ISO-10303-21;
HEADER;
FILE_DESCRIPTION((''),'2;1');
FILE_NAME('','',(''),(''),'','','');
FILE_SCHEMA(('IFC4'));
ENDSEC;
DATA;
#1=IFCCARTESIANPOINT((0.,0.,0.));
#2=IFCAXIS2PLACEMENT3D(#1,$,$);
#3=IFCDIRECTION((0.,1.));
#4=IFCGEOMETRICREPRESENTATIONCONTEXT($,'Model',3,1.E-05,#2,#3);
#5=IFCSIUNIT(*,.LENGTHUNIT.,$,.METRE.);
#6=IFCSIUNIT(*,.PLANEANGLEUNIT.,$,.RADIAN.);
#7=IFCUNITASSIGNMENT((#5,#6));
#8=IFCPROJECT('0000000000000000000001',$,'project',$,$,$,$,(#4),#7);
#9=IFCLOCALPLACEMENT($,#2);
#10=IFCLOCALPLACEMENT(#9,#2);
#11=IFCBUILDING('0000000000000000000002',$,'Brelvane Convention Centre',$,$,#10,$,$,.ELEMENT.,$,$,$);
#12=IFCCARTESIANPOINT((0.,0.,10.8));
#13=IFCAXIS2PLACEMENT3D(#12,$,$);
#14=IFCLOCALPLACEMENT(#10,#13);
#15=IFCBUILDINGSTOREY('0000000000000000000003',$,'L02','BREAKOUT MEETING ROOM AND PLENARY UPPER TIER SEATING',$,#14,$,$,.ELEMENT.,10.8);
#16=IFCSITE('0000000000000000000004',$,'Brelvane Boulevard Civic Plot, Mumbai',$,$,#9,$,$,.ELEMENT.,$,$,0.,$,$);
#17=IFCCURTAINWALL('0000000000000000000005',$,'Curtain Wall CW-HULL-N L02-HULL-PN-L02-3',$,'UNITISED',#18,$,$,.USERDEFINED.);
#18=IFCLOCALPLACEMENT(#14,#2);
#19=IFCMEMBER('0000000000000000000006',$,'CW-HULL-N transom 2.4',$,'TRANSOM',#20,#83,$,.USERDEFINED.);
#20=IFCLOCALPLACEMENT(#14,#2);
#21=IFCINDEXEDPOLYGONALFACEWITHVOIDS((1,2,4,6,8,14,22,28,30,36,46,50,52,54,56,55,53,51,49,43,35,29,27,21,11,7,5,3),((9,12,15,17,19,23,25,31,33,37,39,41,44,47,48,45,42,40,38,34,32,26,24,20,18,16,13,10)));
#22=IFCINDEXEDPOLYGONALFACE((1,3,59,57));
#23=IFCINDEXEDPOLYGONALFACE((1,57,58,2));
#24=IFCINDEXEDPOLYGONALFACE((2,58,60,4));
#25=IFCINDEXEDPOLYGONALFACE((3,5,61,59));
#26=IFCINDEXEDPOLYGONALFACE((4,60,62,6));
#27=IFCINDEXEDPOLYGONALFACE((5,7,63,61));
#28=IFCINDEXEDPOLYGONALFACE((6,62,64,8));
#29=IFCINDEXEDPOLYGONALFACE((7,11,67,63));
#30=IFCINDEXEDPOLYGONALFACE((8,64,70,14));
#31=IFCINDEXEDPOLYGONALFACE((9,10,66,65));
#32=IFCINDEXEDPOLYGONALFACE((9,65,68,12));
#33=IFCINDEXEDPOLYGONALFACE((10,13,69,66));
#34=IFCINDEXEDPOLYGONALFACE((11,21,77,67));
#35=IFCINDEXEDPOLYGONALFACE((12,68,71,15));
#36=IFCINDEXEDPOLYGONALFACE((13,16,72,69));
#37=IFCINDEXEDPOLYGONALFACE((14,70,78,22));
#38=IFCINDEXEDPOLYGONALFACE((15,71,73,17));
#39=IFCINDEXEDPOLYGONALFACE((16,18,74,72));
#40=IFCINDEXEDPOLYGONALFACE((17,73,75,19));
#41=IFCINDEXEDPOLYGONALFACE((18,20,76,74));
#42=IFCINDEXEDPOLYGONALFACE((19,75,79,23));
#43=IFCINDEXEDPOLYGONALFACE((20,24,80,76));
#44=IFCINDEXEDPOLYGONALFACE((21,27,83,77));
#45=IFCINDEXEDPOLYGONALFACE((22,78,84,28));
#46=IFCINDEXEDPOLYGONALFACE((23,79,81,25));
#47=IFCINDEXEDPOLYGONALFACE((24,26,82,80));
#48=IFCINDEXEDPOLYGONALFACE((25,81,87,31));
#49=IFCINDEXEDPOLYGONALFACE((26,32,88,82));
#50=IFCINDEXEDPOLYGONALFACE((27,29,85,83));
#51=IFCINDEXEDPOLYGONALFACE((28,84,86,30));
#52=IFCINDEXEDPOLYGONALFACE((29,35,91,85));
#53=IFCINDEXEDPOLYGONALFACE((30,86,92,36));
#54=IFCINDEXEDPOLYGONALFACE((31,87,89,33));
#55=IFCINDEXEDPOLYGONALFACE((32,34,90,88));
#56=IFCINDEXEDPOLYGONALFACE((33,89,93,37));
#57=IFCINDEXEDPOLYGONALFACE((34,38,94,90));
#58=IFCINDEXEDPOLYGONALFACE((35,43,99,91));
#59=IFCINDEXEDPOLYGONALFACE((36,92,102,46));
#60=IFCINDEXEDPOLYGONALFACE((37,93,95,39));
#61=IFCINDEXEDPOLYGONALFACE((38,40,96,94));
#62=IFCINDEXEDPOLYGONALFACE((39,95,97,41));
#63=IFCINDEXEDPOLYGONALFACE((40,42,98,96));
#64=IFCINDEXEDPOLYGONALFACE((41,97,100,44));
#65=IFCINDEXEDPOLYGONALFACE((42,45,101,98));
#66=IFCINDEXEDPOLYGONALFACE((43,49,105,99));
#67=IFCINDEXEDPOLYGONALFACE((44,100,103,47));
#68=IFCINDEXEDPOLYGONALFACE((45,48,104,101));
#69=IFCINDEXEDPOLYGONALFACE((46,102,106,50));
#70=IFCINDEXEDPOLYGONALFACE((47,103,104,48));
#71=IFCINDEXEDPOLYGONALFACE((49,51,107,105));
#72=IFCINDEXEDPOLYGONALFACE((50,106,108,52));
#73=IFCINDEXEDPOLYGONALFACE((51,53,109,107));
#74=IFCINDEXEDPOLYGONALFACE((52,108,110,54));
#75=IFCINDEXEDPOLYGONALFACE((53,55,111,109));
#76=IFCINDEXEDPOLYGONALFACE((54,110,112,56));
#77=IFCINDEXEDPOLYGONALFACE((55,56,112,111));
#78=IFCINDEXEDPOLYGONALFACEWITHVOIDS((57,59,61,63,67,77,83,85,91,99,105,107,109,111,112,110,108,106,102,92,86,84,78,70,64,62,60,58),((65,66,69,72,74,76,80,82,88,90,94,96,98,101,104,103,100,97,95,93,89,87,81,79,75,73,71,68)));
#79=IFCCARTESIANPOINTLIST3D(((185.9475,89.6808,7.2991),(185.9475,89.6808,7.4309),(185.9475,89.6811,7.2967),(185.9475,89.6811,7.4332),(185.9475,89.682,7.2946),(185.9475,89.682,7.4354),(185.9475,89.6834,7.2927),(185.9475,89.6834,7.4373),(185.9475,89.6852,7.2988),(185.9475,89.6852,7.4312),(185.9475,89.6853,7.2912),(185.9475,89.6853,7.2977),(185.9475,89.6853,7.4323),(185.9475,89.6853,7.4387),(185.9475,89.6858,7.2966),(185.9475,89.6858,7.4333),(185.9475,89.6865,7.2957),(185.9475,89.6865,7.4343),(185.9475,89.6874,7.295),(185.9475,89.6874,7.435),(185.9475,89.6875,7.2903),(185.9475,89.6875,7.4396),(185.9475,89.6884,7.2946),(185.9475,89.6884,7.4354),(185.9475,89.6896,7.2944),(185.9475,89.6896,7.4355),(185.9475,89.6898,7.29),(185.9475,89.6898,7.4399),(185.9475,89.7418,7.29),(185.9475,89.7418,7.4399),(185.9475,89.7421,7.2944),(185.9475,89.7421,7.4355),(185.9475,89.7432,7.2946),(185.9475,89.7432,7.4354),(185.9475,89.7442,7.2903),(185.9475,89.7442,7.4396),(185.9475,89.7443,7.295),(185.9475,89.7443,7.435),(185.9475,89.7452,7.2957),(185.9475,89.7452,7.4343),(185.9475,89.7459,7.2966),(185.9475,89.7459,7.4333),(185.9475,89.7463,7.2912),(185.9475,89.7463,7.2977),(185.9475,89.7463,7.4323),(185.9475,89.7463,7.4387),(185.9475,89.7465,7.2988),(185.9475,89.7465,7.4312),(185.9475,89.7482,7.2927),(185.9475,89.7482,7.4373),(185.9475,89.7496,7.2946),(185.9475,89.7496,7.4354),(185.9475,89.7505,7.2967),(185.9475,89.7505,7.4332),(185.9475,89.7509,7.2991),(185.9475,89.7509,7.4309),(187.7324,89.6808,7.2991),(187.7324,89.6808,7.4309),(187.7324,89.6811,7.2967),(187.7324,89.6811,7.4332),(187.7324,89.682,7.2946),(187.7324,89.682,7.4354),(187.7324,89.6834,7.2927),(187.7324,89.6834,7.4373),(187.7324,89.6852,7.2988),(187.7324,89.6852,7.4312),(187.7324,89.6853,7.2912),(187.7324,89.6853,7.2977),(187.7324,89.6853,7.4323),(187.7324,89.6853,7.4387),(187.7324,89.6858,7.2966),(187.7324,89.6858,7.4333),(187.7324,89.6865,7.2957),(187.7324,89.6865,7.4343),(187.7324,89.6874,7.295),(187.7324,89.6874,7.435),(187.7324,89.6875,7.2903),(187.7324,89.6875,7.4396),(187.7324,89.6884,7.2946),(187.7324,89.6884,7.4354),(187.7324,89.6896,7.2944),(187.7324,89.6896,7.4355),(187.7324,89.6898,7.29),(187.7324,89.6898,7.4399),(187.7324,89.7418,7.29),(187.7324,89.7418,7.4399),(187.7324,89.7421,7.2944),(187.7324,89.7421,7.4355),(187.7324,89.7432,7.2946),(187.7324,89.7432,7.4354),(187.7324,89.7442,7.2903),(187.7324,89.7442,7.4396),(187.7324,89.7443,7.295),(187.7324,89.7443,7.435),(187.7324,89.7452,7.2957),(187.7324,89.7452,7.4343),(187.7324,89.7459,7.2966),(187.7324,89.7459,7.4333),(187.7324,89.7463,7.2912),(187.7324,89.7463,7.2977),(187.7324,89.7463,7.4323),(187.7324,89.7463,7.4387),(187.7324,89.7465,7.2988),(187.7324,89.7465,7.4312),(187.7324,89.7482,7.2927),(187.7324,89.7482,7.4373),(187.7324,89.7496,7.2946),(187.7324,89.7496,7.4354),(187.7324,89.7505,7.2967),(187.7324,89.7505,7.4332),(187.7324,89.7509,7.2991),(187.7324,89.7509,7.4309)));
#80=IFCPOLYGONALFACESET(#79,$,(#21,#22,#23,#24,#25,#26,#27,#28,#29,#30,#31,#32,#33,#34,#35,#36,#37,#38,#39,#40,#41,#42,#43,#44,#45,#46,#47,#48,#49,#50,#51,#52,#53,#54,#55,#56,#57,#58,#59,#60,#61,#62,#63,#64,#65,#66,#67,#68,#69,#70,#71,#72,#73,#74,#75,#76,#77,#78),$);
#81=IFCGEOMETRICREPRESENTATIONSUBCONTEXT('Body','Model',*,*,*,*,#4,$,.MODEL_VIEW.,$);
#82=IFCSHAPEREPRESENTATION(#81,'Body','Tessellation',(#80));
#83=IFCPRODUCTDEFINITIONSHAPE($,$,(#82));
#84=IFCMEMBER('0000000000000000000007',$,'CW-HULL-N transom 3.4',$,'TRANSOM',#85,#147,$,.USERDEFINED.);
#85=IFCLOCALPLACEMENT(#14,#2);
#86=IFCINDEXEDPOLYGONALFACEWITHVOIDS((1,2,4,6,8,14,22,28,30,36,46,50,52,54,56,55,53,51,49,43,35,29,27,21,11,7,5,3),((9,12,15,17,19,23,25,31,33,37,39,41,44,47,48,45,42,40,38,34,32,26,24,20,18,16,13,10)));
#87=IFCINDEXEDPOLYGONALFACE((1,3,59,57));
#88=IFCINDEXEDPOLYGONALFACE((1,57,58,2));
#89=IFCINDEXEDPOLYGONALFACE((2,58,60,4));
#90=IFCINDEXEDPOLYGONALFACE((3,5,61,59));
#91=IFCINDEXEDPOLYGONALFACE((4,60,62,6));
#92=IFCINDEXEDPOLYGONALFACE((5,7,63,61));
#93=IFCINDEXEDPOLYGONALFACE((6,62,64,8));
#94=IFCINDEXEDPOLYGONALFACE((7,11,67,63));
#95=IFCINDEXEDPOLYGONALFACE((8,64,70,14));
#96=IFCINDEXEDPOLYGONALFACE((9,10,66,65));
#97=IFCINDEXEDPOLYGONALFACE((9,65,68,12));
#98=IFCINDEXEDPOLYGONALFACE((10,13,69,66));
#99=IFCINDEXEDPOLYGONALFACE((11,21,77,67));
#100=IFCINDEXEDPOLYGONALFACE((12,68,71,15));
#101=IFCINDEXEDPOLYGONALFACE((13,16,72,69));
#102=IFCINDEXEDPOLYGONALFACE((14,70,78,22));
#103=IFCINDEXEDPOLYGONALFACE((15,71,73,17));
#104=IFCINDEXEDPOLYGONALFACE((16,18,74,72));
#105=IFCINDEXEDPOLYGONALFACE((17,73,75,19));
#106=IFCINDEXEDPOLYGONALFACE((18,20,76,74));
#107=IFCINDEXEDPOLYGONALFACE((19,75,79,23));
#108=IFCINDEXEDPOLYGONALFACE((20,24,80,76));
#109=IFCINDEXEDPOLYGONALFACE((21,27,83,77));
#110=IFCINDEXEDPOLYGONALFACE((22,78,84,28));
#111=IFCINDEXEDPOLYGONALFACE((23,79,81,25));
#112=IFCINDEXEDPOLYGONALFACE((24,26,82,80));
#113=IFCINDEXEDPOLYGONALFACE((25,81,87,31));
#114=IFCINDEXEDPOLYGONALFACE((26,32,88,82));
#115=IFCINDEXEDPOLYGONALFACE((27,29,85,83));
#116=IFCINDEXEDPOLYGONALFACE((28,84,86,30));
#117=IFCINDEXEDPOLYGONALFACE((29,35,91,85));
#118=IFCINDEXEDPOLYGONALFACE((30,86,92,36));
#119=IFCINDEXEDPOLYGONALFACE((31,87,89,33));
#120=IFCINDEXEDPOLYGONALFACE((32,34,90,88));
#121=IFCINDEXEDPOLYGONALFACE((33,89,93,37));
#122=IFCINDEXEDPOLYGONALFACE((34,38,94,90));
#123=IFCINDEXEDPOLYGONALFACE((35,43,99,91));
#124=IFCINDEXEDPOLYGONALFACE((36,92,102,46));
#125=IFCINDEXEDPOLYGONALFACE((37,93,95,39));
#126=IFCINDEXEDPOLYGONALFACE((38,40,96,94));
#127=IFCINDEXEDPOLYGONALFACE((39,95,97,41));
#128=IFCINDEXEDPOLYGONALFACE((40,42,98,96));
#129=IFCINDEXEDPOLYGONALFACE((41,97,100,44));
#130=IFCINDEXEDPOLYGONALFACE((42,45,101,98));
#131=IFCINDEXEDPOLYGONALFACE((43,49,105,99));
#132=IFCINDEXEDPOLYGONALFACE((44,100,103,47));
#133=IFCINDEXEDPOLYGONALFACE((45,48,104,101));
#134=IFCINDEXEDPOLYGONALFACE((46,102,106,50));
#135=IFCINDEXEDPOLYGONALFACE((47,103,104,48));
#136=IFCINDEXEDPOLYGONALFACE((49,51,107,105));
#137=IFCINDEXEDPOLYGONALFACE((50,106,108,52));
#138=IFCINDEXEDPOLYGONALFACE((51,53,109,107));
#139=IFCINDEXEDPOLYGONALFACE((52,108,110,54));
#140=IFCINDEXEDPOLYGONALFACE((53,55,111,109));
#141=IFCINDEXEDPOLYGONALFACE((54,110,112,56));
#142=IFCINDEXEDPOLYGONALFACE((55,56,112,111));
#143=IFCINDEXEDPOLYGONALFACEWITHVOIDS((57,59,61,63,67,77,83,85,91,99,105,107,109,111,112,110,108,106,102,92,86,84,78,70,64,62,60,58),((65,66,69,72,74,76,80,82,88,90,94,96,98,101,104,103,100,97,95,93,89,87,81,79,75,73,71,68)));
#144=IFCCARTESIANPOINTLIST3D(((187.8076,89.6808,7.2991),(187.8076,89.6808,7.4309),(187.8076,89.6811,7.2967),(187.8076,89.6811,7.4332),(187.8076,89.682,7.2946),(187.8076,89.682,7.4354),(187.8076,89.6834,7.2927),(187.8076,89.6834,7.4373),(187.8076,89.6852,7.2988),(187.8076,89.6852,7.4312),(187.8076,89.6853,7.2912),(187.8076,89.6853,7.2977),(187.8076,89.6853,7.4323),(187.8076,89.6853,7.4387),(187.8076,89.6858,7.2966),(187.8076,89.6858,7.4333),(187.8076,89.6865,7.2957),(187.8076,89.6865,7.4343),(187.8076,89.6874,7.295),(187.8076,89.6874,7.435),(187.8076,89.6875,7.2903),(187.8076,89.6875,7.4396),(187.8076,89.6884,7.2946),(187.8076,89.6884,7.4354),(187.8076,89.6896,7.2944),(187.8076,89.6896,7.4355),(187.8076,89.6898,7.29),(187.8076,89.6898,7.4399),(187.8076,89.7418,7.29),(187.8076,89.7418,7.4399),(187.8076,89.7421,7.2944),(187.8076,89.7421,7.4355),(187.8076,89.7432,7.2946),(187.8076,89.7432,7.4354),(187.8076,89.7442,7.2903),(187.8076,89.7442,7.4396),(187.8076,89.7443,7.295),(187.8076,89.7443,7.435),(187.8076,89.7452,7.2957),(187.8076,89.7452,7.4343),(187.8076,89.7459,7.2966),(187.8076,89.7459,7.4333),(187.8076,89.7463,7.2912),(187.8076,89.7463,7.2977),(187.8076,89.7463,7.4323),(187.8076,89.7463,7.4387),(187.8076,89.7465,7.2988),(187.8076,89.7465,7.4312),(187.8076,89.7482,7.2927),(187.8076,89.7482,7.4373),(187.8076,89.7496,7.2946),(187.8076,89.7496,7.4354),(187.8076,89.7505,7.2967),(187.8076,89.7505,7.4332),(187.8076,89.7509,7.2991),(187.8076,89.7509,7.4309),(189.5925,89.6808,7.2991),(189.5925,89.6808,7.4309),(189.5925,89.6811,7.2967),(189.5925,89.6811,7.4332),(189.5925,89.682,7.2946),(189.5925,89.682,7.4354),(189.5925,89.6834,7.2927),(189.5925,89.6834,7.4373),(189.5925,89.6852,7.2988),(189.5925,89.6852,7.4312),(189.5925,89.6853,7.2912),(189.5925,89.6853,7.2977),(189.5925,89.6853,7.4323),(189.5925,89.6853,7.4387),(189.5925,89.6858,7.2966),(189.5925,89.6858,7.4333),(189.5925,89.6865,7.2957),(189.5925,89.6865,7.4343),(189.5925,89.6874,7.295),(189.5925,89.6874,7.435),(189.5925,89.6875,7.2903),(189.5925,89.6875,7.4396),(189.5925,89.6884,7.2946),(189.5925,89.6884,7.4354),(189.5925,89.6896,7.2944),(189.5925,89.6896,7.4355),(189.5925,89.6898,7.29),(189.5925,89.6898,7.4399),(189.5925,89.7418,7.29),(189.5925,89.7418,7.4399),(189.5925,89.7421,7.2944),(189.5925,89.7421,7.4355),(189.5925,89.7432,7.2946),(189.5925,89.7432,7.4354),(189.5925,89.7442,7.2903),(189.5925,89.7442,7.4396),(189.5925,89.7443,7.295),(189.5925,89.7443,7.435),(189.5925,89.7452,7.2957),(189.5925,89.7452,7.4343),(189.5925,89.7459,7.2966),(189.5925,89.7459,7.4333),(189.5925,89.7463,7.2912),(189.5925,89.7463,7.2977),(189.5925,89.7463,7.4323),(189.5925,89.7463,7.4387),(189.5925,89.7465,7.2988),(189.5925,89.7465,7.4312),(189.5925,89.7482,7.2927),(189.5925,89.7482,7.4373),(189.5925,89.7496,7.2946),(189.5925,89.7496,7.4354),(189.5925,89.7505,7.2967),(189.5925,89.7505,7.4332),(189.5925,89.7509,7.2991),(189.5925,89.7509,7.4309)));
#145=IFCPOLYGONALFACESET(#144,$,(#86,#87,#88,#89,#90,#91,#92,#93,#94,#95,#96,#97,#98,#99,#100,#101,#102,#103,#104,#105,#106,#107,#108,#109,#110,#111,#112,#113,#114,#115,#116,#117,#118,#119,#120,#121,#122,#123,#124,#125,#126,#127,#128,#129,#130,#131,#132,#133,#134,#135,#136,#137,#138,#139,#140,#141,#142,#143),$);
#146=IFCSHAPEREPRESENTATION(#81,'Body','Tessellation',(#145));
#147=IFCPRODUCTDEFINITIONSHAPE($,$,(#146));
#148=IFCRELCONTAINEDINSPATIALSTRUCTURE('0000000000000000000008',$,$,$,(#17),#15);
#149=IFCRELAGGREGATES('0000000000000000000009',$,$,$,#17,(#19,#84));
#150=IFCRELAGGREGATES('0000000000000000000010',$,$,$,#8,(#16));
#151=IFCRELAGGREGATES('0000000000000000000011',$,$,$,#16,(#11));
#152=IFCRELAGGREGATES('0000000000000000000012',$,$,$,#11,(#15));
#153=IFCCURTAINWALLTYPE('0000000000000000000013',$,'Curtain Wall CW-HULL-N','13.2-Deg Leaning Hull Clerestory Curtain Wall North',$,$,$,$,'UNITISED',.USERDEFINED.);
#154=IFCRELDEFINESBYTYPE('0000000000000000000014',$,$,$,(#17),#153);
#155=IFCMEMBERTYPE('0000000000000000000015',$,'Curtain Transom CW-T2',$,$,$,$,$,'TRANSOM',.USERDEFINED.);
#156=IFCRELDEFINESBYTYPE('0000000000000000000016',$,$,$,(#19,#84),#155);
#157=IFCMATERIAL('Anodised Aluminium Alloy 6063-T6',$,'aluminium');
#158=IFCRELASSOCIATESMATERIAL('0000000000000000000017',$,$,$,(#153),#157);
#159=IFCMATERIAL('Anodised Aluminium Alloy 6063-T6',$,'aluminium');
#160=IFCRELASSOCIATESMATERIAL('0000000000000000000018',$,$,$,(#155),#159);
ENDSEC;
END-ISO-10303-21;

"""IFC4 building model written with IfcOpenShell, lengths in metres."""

from ifc_helpers import new_model, si_unit, direction, frame, origin, origin_2d, place, context, subcontext, project, spatial, hollow_rectangle, extrude, material, material_profile, profile_set, type_object, element, aggregate, save


model = new_model("IFC4")

# Units and contexts
model_context = context("Model", 3, precision=1e-05, world=origin(), true_north=direction((0.0, 1.0)))
body_context = subcontext(model_context, "Body", "Model", "MODEL_VIEW")
ifc_project = project(units=[si_unit("LENGTHUNIT", "METRE"), si_unit("PLANEANGLEUNIT", "RADIAN")], contexts=[model_context])

# Site, building, storey
site_placement = place(None, origin())
site = spatial("IfcSite", under=ifc_project, at=site_placement, Name="Brelvane Boulevard Civic Plot, Mumbai", CompositionType="ELEMENT", RefElevation=0.0)
building_placement = place(site_placement, origin())
building = spatial("IfcBuilding", under=site, at=building_placement, Name="Brelvane Convention Centre", CompositionType="ELEMENT")
storey_placement = place(building_placement, frame((0.0, 0.0, 10.8)))
storey = spatial("IfcBuildingStorey", under=building, at=storey_placement, Name="L02", Description="BREAKOUT MEETING ROOM AND PLENARY UPPER TIER SEATING", CompositionType="ELEMENT", Elevation=10.8)

# Curtain wall, members
ifc_material_1 = material(Name="Anodised Aluminium Alloy 6063-T6", Category="aluminium")
curtain_wall_type = type_object("IfcCurtainWallType", Name="Curtain Wall CW-HULL-N", Description="13.2-Deg Leaning Hull Clerestory Curtain Wall North", ElementType="UNITISED", PredefinedType="USERDEFINED", material=ifc_material_1)
curtain_wall_1_placement = place(storey_placement, origin())
curtain_wall_1 = element("IfcCurtainWall", 1, at=curtain_wall_1_placement, inside=storey, type_object=curtain_wall_type, Name="Curtain Wall CW-HULL-N L02-HULL-PN-L02-3", ObjectType="UNITISED", PredefinedType="USERDEFINED")
ifc_material_2 = material(Name="Anodised Aluminium Alloy 6063-T6", Category="aluminium")
ifc_material_profile_1 = material_profile(ifc_material_2, hollow_rectangle(XDim=0.0701, YDim=0.1499, WallThickness=0.0044, InnerFilletRadius=0.0044, OuterFilletRadius=0.009, at=origin_2d()), Name="ALU-T 150x70x4.5")
ifc_profile_set_1 = profile_set([ifc_material_profile_1], Name="Anodised Aluminium Alloy 6063-T6")
member_type = type_object("IfcMemberType", Name="Curtain Transom CW-T2", ElementType="TRANSOM", PredefinedType="USERDEFINED", material=ifc_profile_set_1)
member_1_placement = place(storey_placement, frame((185.9475, 89.7158, 7.365), z_axis=(1.0, 0.0, 0.0), x_axis=(0.0, 1.0, 0.0)))
member_1 = element("IfcMember", 2, at=member_1_placement, type_object=member_type, Name="CW-HULL-N transom 2.4", ObjectType="TRANSOM", PredefinedType="USERDEFINED", context=body_context, shape_type="SweptSolid", body=[
    extrude(hollow_rectangle(XDim=0.0701, YDim=0.1499, WallThickness=0.0044, InnerFilletRadius=0.0044, OuterFilletRadius=0.009, at=origin_2d()), origin(), (0.0, 0.0, 1.0), 1.7849),
])
member_2_placement = place(storey_placement, frame((187.8076, 89.7158, 7.365), z_axis=(1.0, 0.0, 0.0), x_axis=(0.0, 1.0, 0.0)))
member_2 = element("IfcMember", 3, at=member_2_placement, type_object=member_type, Name="CW-HULL-N transom 3.4", ObjectType="TRANSOM", PredefinedType="USERDEFINED", context=body_context, shape_type="SweptSolid", body=[
    extrude(hollow_rectangle(XDim=0.0701, YDim=0.1499, WallThickness=0.0044, InnerFilletRadius=0.0044, OuterFilletRadius=0.009, at=origin_2d()), origin(), (0.0, 0.0, 1.0), 1.7849),
])
aggregate(curtain_wall_1, [member_1, member_2])

save(model, "model.ifc")
